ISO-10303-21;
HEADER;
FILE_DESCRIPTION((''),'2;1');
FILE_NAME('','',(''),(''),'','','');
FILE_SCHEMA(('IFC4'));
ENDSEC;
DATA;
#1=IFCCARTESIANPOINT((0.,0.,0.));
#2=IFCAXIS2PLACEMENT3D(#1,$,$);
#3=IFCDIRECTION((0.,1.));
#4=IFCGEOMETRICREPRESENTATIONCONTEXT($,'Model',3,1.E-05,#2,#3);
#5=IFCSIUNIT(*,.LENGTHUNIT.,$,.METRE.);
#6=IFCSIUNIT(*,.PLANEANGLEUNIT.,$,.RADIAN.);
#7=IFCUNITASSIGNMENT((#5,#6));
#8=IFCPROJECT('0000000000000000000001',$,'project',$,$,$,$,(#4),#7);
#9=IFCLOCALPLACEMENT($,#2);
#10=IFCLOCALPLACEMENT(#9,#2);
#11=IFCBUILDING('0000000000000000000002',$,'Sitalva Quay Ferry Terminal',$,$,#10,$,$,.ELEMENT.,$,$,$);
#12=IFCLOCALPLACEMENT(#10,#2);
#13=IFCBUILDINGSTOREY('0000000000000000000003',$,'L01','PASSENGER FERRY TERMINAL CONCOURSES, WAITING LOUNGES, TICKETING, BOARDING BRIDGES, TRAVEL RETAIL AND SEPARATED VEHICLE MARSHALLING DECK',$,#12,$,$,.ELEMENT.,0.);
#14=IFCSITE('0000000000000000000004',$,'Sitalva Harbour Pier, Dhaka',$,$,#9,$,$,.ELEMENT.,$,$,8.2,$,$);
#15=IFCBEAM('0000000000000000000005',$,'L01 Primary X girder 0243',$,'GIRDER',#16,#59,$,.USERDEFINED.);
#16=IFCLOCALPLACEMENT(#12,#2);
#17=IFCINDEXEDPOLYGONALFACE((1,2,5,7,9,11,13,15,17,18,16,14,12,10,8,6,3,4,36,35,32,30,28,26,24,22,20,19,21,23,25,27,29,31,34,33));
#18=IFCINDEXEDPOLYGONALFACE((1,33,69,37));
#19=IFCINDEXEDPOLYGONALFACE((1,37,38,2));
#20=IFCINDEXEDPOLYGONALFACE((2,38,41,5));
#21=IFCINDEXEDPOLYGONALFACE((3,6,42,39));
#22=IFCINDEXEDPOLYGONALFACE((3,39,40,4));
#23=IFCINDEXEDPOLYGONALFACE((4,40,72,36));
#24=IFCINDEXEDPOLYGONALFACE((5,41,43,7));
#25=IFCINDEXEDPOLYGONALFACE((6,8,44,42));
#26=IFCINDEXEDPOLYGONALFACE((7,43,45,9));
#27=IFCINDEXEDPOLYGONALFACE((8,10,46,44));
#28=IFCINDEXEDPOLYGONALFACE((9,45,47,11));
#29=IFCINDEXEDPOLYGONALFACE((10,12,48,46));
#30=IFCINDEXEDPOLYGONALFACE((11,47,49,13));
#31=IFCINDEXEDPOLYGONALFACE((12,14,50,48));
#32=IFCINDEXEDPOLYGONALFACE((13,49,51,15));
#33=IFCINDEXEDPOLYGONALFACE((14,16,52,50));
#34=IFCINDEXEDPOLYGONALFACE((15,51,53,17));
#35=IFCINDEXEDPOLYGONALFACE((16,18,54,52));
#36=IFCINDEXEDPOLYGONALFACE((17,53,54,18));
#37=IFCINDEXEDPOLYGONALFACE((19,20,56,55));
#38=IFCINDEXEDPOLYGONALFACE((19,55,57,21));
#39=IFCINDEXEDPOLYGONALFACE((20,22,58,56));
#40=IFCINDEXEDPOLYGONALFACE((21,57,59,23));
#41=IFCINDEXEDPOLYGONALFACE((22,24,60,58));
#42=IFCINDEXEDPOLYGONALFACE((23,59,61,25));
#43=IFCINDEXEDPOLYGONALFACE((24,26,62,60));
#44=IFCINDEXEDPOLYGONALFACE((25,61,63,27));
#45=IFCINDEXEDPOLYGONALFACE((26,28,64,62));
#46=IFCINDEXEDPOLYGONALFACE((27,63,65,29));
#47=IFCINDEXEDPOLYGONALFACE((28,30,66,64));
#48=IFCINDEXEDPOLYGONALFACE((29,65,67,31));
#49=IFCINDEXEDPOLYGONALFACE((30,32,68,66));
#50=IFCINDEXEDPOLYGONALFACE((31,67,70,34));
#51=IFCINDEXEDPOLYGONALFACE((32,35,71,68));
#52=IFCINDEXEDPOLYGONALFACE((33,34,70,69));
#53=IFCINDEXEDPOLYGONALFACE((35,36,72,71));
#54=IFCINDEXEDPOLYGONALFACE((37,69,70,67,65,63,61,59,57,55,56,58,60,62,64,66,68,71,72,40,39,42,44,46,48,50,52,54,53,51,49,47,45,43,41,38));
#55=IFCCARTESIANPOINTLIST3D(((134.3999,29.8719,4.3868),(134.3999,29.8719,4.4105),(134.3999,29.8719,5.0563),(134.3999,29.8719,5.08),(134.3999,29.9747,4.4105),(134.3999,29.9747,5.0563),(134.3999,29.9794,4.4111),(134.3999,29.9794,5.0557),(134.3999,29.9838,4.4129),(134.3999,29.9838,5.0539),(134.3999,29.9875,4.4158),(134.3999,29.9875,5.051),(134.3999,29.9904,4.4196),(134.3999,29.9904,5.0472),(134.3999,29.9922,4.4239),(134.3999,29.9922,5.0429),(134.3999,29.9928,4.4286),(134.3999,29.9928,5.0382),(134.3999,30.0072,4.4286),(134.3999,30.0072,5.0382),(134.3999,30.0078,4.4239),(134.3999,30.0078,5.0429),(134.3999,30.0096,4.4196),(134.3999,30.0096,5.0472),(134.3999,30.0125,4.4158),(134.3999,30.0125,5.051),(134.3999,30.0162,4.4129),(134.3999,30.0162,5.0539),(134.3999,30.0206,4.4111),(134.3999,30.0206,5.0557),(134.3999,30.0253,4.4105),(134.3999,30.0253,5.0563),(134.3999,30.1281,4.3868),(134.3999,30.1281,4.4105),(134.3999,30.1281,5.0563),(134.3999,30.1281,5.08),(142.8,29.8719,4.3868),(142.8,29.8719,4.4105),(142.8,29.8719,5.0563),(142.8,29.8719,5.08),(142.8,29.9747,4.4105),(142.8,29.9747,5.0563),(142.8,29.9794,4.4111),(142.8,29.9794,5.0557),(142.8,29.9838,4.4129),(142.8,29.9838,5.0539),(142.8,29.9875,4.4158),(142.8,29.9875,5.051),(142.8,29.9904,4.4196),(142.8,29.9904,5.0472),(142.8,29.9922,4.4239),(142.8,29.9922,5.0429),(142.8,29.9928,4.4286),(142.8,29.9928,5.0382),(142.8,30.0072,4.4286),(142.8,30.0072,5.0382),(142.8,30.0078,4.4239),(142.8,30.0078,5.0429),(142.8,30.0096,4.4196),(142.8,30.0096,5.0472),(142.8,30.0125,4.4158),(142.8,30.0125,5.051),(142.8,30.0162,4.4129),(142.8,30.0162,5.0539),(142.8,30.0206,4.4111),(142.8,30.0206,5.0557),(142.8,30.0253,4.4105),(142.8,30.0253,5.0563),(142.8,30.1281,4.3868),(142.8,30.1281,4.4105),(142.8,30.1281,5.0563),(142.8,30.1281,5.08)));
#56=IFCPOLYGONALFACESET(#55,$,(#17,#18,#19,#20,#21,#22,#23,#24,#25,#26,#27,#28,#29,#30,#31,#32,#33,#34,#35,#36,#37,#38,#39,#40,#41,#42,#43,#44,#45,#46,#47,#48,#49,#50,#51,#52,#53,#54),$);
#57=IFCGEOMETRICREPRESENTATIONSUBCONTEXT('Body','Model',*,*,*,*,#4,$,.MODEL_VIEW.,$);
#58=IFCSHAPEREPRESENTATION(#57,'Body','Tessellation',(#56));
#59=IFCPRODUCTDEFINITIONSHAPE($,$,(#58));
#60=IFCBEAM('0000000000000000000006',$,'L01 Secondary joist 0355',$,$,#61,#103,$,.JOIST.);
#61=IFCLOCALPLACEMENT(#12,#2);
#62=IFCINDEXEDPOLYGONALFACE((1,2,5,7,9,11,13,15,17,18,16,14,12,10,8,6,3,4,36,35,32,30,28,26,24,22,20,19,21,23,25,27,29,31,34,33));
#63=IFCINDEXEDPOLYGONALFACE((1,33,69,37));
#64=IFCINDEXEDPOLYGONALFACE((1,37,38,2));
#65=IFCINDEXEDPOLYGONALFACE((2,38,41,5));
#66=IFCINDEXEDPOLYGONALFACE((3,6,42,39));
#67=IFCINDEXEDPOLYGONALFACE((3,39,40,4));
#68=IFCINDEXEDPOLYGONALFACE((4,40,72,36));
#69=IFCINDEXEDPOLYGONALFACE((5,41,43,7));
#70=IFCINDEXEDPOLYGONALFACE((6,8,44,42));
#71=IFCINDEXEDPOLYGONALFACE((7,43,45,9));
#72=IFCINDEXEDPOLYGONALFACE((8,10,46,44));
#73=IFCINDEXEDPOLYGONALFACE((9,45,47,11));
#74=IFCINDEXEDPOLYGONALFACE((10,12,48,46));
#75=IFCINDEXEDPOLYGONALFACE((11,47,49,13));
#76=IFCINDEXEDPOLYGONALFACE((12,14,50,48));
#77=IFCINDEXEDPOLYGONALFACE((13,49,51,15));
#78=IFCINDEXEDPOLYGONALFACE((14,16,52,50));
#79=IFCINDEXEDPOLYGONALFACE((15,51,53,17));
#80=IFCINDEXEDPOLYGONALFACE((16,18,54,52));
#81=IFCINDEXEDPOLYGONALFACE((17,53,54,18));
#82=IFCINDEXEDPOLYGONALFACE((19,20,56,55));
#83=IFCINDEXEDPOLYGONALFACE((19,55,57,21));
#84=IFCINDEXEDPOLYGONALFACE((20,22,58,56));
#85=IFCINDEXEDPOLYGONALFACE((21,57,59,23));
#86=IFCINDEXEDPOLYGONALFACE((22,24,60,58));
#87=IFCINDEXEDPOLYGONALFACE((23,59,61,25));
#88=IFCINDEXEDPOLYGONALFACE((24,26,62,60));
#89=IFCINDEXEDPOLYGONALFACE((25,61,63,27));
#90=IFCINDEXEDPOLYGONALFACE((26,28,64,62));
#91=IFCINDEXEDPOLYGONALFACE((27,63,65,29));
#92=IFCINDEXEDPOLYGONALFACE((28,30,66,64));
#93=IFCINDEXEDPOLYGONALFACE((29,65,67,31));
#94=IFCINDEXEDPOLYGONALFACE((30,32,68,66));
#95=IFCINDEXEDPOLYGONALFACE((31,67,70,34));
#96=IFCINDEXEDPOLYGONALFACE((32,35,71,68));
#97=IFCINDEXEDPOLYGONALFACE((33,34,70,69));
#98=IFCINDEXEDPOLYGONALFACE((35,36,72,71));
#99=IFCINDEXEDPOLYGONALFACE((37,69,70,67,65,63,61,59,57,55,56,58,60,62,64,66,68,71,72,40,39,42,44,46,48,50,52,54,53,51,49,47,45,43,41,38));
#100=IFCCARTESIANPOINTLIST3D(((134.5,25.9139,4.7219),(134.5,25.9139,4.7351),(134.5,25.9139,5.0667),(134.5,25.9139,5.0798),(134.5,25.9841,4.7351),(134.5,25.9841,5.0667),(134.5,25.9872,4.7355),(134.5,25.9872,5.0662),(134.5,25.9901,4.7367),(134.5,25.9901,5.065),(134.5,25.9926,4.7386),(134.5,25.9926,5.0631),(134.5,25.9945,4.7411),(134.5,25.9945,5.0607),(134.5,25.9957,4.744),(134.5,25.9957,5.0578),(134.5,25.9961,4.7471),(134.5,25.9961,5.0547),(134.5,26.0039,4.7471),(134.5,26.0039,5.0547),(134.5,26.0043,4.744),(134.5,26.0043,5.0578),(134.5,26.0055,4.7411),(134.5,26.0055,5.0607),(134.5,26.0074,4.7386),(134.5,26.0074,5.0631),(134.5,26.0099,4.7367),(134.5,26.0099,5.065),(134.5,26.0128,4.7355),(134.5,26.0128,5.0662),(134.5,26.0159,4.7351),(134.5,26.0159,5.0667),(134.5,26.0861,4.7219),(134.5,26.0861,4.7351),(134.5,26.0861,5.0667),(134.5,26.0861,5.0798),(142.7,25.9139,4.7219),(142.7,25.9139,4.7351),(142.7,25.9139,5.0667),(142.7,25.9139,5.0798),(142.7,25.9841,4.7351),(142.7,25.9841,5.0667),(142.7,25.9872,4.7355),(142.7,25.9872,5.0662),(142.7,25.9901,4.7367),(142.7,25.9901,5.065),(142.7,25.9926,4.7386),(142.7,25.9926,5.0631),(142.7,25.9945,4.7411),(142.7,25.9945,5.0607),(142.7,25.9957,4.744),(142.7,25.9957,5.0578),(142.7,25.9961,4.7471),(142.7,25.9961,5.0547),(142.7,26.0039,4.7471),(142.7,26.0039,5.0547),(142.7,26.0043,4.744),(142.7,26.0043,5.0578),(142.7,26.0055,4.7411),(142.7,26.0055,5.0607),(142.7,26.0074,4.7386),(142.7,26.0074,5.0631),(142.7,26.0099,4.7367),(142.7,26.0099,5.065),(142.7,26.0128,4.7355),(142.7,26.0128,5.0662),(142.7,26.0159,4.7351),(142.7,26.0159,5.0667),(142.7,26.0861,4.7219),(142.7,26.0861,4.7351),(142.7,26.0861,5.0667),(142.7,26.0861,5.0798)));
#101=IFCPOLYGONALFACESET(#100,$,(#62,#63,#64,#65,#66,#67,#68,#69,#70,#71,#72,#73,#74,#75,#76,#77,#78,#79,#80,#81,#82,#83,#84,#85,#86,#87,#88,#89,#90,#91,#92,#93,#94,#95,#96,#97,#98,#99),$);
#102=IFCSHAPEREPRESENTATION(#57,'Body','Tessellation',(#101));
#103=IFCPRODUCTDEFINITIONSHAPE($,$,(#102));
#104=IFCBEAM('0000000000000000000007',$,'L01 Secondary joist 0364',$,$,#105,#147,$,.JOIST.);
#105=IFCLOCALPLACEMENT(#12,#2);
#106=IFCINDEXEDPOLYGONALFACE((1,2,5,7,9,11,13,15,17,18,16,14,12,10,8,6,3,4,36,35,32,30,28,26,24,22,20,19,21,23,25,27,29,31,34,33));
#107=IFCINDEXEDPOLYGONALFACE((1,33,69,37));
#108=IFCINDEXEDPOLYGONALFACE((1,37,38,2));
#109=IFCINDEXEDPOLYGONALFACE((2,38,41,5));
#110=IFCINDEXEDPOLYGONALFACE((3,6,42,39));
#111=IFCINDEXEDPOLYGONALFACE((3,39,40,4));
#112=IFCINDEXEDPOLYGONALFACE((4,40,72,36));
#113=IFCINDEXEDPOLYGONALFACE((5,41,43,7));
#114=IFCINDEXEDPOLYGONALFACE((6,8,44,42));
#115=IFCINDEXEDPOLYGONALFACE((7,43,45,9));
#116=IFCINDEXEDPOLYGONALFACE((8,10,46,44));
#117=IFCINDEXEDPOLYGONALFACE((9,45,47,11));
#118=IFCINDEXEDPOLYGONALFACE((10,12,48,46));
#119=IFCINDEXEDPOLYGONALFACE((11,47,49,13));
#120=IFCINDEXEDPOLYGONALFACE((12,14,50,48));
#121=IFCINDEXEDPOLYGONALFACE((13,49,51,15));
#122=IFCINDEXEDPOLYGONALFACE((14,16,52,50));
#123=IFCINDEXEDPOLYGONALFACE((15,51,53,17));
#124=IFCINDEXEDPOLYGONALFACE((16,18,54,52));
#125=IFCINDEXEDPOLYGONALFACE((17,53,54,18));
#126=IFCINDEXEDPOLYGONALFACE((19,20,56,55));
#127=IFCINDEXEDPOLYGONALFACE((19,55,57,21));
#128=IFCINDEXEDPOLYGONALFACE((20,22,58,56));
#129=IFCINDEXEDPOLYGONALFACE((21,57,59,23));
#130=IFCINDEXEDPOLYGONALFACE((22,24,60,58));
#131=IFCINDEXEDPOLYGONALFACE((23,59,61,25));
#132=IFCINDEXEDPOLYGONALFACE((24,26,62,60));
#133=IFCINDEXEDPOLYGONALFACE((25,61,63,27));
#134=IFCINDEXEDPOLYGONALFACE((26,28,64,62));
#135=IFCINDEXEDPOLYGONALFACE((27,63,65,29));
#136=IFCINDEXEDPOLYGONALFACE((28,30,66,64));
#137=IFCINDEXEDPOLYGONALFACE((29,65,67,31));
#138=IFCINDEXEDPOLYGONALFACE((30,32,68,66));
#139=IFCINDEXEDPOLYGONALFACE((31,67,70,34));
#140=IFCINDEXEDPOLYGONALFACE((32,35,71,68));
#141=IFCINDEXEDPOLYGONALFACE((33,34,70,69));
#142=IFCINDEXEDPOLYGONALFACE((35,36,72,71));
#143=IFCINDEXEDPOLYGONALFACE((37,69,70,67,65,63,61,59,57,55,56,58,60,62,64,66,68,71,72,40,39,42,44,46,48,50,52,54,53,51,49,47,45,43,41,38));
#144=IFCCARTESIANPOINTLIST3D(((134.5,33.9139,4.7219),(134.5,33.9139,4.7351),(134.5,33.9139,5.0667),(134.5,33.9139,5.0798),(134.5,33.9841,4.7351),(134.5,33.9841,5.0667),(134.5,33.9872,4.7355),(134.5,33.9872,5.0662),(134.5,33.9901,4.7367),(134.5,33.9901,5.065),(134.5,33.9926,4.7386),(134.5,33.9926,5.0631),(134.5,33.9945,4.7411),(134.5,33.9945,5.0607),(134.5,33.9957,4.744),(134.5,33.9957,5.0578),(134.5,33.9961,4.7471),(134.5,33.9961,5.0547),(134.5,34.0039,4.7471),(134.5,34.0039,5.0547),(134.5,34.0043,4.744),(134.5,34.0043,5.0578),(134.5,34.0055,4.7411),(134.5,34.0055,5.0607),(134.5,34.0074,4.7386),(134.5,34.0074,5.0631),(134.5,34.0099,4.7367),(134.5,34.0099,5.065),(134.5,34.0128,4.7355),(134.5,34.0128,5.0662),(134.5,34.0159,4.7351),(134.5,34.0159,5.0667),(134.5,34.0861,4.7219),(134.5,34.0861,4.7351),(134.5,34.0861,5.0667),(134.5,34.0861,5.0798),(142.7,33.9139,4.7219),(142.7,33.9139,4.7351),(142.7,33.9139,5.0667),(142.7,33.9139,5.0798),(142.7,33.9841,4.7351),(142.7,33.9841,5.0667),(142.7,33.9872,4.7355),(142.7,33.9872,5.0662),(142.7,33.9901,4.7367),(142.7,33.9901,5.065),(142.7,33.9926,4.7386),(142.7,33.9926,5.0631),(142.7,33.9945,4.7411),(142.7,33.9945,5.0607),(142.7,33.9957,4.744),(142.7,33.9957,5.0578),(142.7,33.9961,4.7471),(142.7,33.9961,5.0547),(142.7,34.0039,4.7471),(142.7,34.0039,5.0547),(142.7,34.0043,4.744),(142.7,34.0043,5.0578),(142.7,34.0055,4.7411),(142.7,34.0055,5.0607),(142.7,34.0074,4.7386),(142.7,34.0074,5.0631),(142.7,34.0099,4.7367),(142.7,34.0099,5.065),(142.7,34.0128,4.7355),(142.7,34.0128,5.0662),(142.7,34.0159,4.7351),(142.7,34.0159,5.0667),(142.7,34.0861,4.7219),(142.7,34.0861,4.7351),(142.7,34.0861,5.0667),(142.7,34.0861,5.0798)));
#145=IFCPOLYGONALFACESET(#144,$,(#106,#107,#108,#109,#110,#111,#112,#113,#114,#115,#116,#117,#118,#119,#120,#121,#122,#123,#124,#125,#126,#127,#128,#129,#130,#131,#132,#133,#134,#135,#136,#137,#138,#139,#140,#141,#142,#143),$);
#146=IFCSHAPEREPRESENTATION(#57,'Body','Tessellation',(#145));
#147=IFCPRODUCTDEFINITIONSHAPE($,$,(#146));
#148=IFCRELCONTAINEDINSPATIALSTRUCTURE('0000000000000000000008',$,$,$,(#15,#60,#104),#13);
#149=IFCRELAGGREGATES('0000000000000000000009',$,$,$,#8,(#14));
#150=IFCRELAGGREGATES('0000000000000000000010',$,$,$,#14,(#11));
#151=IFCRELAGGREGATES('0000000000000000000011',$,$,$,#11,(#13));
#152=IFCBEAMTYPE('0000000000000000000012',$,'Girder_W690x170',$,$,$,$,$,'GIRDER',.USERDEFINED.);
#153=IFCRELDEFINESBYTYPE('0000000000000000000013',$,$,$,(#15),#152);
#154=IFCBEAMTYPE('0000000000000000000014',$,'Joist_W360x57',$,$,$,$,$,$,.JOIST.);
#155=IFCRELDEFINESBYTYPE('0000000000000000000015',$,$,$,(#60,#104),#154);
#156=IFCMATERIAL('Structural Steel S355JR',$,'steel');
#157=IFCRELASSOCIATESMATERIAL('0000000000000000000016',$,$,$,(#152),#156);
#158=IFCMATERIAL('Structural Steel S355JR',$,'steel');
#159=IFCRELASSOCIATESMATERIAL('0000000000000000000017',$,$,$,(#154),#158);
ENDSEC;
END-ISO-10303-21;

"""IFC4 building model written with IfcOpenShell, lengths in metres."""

from ifc_helpers import new_model, si_unit, direction, frame, origin, origin_2d, place, context, subcontext, project, spatial, i_section, extrude, material, material_profile, profile_set, type_object, element, save


model = new_model("IFC4")

# Units and contexts
model_context = context("Model", 3, precision=1e-05, world=origin(), true_north=direction((0.0, 1.0)))
body_context = subcontext(model_context, "Body", "Model", "MODEL_VIEW")
ifc_project = project(units=[si_unit("LENGTHUNIT", "METRE"), si_unit("PLANEANGLEUNIT", "RADIAN")], contexts=[model_context])

# Site, building, storey
site_placement = place(None, origin())
site = spatial("IfcSite", under=ifc_project, at=site_placement, Name="Sitalva Harbour Pier, Dhaka", CompositionType="ELEMENT", RefElevation=8.2)
building_placement = place(site_placement, origin())
building = spatial("IfcBuilding", under=site, at=building_placement, Name="Sitalva Quay Ferry Terminal", CompositionType="ELEMENT")
storey_placement = place(building_placement, origin())
storey = spatial("IfcBuildingStorey", under=building, at=storey_placement, Name="L01", Description="PASSENGER FERRY TERMINAL CONCOURSES, WAITING LOUNGES, TICKETING, BOARDING BRIDGES, TRAVEL RETAIL AND SEPARATED VEHICLE MARSHALLING DECK", CompositionType="ELEMENT", Elevation=0.0)

# Beams
ifc_material_1 = material(Name="Structural Steel S355JR", Category="steel")
ifc_material_profile_1 = material_profile(ifc_material_1, i_section(OverallWidth=0.2561, OverallDepth=0.6931, WebThickness=0.0144, FlangeThickness=0.0237, FilletRadius=0.0181, at=origin_2d()), Name="W690x170")
ifc_profile_set_1 = profile_set([ifc_material_profile_1], Name="Structural Steel S355JR")
beam_type_1 = type_object("IfcBeamType", Name="Girder_W690x170", ElementType="GIRDER", PredefinedType="USERDEFINED", material=ifc_profile_set_1)
beam_1_placement = place(storey_placement, frame((134.3999, 30.0, 4.7334), z_axis=(1.0, 0.0, 0.0), x_axis=(0.0, 1.0, 0.0)))
element("IfcBeam", 1, at=beam_1_placement, inside=storey, type_object=beam_type_1, Name="L01 Primary X girder 0243", ObjectType="GIRDER", PredefinedType="USERDEFINED", context=body_context, shape_type="SweptSolid", body=[
    extrude(i_section(OverallWidth=0.2561, OverallDepth=0.6931, WebThickness=0.0144, FlangeThickness=0.0237, FilletRadius=0.0181, at=origin_2d()), origin(), (0.0, 0.0, 1.0), 8.4001),
])
ifc_material_2 = material(Name="Structural Steel S355JR", Category="steel")
ifc_material_profile_2 = material_profile(ifc_material_2, i_section(OverallWidth=0.1721, OverallDepth=0.3579, WebThickness=0.0078, FlangeThickness=0.0132, FilletRadius=0.012, at=origin_2d()), Name="W360x57")
ifc_profile_set_2 = profile_set([ifc_material_profile_2], Name="Structural Steel S355JR")
beam_type_2 = type_object("IfcBeamType", Name="Joist_W360x57", PredefinedType="JOIST", material=ifc_profile_set_2)
for number, where, z_axis, x_axis, name in (
    (2, (134.5, 26.0, 4.9009), (1.0, 0.0, 0.0), (0.0, 1.0, 0.0), "L01 Secondary joist 0355"),
    (3, (134.5, 34.0, 4.9009), (1.0, 0.0, 0.0), (0.0, 1.0, 0.0), "L01 Secondary joist 0364"),
):
    element("IfcBeam", number, at=place(storey_placement, frame(where, z_axis=z_axis, x_axis=x_axis)), inside=storey, type_object=beam_type_2, Name=name, PredefinedType="JOIST", context=body_context, shape_type="SweptSolid", body=[
        extrude(i_section(OverallWidth=0.1721, OverallDepth=0.3579, WebThickness=0.0078, FlangeThickness=0.0132, FilletRadius=0.012, at=origin_2d()), origin(), (0.0, 0.0, 1.0), 8.2),
    ])

save(model, "model.ifc")
